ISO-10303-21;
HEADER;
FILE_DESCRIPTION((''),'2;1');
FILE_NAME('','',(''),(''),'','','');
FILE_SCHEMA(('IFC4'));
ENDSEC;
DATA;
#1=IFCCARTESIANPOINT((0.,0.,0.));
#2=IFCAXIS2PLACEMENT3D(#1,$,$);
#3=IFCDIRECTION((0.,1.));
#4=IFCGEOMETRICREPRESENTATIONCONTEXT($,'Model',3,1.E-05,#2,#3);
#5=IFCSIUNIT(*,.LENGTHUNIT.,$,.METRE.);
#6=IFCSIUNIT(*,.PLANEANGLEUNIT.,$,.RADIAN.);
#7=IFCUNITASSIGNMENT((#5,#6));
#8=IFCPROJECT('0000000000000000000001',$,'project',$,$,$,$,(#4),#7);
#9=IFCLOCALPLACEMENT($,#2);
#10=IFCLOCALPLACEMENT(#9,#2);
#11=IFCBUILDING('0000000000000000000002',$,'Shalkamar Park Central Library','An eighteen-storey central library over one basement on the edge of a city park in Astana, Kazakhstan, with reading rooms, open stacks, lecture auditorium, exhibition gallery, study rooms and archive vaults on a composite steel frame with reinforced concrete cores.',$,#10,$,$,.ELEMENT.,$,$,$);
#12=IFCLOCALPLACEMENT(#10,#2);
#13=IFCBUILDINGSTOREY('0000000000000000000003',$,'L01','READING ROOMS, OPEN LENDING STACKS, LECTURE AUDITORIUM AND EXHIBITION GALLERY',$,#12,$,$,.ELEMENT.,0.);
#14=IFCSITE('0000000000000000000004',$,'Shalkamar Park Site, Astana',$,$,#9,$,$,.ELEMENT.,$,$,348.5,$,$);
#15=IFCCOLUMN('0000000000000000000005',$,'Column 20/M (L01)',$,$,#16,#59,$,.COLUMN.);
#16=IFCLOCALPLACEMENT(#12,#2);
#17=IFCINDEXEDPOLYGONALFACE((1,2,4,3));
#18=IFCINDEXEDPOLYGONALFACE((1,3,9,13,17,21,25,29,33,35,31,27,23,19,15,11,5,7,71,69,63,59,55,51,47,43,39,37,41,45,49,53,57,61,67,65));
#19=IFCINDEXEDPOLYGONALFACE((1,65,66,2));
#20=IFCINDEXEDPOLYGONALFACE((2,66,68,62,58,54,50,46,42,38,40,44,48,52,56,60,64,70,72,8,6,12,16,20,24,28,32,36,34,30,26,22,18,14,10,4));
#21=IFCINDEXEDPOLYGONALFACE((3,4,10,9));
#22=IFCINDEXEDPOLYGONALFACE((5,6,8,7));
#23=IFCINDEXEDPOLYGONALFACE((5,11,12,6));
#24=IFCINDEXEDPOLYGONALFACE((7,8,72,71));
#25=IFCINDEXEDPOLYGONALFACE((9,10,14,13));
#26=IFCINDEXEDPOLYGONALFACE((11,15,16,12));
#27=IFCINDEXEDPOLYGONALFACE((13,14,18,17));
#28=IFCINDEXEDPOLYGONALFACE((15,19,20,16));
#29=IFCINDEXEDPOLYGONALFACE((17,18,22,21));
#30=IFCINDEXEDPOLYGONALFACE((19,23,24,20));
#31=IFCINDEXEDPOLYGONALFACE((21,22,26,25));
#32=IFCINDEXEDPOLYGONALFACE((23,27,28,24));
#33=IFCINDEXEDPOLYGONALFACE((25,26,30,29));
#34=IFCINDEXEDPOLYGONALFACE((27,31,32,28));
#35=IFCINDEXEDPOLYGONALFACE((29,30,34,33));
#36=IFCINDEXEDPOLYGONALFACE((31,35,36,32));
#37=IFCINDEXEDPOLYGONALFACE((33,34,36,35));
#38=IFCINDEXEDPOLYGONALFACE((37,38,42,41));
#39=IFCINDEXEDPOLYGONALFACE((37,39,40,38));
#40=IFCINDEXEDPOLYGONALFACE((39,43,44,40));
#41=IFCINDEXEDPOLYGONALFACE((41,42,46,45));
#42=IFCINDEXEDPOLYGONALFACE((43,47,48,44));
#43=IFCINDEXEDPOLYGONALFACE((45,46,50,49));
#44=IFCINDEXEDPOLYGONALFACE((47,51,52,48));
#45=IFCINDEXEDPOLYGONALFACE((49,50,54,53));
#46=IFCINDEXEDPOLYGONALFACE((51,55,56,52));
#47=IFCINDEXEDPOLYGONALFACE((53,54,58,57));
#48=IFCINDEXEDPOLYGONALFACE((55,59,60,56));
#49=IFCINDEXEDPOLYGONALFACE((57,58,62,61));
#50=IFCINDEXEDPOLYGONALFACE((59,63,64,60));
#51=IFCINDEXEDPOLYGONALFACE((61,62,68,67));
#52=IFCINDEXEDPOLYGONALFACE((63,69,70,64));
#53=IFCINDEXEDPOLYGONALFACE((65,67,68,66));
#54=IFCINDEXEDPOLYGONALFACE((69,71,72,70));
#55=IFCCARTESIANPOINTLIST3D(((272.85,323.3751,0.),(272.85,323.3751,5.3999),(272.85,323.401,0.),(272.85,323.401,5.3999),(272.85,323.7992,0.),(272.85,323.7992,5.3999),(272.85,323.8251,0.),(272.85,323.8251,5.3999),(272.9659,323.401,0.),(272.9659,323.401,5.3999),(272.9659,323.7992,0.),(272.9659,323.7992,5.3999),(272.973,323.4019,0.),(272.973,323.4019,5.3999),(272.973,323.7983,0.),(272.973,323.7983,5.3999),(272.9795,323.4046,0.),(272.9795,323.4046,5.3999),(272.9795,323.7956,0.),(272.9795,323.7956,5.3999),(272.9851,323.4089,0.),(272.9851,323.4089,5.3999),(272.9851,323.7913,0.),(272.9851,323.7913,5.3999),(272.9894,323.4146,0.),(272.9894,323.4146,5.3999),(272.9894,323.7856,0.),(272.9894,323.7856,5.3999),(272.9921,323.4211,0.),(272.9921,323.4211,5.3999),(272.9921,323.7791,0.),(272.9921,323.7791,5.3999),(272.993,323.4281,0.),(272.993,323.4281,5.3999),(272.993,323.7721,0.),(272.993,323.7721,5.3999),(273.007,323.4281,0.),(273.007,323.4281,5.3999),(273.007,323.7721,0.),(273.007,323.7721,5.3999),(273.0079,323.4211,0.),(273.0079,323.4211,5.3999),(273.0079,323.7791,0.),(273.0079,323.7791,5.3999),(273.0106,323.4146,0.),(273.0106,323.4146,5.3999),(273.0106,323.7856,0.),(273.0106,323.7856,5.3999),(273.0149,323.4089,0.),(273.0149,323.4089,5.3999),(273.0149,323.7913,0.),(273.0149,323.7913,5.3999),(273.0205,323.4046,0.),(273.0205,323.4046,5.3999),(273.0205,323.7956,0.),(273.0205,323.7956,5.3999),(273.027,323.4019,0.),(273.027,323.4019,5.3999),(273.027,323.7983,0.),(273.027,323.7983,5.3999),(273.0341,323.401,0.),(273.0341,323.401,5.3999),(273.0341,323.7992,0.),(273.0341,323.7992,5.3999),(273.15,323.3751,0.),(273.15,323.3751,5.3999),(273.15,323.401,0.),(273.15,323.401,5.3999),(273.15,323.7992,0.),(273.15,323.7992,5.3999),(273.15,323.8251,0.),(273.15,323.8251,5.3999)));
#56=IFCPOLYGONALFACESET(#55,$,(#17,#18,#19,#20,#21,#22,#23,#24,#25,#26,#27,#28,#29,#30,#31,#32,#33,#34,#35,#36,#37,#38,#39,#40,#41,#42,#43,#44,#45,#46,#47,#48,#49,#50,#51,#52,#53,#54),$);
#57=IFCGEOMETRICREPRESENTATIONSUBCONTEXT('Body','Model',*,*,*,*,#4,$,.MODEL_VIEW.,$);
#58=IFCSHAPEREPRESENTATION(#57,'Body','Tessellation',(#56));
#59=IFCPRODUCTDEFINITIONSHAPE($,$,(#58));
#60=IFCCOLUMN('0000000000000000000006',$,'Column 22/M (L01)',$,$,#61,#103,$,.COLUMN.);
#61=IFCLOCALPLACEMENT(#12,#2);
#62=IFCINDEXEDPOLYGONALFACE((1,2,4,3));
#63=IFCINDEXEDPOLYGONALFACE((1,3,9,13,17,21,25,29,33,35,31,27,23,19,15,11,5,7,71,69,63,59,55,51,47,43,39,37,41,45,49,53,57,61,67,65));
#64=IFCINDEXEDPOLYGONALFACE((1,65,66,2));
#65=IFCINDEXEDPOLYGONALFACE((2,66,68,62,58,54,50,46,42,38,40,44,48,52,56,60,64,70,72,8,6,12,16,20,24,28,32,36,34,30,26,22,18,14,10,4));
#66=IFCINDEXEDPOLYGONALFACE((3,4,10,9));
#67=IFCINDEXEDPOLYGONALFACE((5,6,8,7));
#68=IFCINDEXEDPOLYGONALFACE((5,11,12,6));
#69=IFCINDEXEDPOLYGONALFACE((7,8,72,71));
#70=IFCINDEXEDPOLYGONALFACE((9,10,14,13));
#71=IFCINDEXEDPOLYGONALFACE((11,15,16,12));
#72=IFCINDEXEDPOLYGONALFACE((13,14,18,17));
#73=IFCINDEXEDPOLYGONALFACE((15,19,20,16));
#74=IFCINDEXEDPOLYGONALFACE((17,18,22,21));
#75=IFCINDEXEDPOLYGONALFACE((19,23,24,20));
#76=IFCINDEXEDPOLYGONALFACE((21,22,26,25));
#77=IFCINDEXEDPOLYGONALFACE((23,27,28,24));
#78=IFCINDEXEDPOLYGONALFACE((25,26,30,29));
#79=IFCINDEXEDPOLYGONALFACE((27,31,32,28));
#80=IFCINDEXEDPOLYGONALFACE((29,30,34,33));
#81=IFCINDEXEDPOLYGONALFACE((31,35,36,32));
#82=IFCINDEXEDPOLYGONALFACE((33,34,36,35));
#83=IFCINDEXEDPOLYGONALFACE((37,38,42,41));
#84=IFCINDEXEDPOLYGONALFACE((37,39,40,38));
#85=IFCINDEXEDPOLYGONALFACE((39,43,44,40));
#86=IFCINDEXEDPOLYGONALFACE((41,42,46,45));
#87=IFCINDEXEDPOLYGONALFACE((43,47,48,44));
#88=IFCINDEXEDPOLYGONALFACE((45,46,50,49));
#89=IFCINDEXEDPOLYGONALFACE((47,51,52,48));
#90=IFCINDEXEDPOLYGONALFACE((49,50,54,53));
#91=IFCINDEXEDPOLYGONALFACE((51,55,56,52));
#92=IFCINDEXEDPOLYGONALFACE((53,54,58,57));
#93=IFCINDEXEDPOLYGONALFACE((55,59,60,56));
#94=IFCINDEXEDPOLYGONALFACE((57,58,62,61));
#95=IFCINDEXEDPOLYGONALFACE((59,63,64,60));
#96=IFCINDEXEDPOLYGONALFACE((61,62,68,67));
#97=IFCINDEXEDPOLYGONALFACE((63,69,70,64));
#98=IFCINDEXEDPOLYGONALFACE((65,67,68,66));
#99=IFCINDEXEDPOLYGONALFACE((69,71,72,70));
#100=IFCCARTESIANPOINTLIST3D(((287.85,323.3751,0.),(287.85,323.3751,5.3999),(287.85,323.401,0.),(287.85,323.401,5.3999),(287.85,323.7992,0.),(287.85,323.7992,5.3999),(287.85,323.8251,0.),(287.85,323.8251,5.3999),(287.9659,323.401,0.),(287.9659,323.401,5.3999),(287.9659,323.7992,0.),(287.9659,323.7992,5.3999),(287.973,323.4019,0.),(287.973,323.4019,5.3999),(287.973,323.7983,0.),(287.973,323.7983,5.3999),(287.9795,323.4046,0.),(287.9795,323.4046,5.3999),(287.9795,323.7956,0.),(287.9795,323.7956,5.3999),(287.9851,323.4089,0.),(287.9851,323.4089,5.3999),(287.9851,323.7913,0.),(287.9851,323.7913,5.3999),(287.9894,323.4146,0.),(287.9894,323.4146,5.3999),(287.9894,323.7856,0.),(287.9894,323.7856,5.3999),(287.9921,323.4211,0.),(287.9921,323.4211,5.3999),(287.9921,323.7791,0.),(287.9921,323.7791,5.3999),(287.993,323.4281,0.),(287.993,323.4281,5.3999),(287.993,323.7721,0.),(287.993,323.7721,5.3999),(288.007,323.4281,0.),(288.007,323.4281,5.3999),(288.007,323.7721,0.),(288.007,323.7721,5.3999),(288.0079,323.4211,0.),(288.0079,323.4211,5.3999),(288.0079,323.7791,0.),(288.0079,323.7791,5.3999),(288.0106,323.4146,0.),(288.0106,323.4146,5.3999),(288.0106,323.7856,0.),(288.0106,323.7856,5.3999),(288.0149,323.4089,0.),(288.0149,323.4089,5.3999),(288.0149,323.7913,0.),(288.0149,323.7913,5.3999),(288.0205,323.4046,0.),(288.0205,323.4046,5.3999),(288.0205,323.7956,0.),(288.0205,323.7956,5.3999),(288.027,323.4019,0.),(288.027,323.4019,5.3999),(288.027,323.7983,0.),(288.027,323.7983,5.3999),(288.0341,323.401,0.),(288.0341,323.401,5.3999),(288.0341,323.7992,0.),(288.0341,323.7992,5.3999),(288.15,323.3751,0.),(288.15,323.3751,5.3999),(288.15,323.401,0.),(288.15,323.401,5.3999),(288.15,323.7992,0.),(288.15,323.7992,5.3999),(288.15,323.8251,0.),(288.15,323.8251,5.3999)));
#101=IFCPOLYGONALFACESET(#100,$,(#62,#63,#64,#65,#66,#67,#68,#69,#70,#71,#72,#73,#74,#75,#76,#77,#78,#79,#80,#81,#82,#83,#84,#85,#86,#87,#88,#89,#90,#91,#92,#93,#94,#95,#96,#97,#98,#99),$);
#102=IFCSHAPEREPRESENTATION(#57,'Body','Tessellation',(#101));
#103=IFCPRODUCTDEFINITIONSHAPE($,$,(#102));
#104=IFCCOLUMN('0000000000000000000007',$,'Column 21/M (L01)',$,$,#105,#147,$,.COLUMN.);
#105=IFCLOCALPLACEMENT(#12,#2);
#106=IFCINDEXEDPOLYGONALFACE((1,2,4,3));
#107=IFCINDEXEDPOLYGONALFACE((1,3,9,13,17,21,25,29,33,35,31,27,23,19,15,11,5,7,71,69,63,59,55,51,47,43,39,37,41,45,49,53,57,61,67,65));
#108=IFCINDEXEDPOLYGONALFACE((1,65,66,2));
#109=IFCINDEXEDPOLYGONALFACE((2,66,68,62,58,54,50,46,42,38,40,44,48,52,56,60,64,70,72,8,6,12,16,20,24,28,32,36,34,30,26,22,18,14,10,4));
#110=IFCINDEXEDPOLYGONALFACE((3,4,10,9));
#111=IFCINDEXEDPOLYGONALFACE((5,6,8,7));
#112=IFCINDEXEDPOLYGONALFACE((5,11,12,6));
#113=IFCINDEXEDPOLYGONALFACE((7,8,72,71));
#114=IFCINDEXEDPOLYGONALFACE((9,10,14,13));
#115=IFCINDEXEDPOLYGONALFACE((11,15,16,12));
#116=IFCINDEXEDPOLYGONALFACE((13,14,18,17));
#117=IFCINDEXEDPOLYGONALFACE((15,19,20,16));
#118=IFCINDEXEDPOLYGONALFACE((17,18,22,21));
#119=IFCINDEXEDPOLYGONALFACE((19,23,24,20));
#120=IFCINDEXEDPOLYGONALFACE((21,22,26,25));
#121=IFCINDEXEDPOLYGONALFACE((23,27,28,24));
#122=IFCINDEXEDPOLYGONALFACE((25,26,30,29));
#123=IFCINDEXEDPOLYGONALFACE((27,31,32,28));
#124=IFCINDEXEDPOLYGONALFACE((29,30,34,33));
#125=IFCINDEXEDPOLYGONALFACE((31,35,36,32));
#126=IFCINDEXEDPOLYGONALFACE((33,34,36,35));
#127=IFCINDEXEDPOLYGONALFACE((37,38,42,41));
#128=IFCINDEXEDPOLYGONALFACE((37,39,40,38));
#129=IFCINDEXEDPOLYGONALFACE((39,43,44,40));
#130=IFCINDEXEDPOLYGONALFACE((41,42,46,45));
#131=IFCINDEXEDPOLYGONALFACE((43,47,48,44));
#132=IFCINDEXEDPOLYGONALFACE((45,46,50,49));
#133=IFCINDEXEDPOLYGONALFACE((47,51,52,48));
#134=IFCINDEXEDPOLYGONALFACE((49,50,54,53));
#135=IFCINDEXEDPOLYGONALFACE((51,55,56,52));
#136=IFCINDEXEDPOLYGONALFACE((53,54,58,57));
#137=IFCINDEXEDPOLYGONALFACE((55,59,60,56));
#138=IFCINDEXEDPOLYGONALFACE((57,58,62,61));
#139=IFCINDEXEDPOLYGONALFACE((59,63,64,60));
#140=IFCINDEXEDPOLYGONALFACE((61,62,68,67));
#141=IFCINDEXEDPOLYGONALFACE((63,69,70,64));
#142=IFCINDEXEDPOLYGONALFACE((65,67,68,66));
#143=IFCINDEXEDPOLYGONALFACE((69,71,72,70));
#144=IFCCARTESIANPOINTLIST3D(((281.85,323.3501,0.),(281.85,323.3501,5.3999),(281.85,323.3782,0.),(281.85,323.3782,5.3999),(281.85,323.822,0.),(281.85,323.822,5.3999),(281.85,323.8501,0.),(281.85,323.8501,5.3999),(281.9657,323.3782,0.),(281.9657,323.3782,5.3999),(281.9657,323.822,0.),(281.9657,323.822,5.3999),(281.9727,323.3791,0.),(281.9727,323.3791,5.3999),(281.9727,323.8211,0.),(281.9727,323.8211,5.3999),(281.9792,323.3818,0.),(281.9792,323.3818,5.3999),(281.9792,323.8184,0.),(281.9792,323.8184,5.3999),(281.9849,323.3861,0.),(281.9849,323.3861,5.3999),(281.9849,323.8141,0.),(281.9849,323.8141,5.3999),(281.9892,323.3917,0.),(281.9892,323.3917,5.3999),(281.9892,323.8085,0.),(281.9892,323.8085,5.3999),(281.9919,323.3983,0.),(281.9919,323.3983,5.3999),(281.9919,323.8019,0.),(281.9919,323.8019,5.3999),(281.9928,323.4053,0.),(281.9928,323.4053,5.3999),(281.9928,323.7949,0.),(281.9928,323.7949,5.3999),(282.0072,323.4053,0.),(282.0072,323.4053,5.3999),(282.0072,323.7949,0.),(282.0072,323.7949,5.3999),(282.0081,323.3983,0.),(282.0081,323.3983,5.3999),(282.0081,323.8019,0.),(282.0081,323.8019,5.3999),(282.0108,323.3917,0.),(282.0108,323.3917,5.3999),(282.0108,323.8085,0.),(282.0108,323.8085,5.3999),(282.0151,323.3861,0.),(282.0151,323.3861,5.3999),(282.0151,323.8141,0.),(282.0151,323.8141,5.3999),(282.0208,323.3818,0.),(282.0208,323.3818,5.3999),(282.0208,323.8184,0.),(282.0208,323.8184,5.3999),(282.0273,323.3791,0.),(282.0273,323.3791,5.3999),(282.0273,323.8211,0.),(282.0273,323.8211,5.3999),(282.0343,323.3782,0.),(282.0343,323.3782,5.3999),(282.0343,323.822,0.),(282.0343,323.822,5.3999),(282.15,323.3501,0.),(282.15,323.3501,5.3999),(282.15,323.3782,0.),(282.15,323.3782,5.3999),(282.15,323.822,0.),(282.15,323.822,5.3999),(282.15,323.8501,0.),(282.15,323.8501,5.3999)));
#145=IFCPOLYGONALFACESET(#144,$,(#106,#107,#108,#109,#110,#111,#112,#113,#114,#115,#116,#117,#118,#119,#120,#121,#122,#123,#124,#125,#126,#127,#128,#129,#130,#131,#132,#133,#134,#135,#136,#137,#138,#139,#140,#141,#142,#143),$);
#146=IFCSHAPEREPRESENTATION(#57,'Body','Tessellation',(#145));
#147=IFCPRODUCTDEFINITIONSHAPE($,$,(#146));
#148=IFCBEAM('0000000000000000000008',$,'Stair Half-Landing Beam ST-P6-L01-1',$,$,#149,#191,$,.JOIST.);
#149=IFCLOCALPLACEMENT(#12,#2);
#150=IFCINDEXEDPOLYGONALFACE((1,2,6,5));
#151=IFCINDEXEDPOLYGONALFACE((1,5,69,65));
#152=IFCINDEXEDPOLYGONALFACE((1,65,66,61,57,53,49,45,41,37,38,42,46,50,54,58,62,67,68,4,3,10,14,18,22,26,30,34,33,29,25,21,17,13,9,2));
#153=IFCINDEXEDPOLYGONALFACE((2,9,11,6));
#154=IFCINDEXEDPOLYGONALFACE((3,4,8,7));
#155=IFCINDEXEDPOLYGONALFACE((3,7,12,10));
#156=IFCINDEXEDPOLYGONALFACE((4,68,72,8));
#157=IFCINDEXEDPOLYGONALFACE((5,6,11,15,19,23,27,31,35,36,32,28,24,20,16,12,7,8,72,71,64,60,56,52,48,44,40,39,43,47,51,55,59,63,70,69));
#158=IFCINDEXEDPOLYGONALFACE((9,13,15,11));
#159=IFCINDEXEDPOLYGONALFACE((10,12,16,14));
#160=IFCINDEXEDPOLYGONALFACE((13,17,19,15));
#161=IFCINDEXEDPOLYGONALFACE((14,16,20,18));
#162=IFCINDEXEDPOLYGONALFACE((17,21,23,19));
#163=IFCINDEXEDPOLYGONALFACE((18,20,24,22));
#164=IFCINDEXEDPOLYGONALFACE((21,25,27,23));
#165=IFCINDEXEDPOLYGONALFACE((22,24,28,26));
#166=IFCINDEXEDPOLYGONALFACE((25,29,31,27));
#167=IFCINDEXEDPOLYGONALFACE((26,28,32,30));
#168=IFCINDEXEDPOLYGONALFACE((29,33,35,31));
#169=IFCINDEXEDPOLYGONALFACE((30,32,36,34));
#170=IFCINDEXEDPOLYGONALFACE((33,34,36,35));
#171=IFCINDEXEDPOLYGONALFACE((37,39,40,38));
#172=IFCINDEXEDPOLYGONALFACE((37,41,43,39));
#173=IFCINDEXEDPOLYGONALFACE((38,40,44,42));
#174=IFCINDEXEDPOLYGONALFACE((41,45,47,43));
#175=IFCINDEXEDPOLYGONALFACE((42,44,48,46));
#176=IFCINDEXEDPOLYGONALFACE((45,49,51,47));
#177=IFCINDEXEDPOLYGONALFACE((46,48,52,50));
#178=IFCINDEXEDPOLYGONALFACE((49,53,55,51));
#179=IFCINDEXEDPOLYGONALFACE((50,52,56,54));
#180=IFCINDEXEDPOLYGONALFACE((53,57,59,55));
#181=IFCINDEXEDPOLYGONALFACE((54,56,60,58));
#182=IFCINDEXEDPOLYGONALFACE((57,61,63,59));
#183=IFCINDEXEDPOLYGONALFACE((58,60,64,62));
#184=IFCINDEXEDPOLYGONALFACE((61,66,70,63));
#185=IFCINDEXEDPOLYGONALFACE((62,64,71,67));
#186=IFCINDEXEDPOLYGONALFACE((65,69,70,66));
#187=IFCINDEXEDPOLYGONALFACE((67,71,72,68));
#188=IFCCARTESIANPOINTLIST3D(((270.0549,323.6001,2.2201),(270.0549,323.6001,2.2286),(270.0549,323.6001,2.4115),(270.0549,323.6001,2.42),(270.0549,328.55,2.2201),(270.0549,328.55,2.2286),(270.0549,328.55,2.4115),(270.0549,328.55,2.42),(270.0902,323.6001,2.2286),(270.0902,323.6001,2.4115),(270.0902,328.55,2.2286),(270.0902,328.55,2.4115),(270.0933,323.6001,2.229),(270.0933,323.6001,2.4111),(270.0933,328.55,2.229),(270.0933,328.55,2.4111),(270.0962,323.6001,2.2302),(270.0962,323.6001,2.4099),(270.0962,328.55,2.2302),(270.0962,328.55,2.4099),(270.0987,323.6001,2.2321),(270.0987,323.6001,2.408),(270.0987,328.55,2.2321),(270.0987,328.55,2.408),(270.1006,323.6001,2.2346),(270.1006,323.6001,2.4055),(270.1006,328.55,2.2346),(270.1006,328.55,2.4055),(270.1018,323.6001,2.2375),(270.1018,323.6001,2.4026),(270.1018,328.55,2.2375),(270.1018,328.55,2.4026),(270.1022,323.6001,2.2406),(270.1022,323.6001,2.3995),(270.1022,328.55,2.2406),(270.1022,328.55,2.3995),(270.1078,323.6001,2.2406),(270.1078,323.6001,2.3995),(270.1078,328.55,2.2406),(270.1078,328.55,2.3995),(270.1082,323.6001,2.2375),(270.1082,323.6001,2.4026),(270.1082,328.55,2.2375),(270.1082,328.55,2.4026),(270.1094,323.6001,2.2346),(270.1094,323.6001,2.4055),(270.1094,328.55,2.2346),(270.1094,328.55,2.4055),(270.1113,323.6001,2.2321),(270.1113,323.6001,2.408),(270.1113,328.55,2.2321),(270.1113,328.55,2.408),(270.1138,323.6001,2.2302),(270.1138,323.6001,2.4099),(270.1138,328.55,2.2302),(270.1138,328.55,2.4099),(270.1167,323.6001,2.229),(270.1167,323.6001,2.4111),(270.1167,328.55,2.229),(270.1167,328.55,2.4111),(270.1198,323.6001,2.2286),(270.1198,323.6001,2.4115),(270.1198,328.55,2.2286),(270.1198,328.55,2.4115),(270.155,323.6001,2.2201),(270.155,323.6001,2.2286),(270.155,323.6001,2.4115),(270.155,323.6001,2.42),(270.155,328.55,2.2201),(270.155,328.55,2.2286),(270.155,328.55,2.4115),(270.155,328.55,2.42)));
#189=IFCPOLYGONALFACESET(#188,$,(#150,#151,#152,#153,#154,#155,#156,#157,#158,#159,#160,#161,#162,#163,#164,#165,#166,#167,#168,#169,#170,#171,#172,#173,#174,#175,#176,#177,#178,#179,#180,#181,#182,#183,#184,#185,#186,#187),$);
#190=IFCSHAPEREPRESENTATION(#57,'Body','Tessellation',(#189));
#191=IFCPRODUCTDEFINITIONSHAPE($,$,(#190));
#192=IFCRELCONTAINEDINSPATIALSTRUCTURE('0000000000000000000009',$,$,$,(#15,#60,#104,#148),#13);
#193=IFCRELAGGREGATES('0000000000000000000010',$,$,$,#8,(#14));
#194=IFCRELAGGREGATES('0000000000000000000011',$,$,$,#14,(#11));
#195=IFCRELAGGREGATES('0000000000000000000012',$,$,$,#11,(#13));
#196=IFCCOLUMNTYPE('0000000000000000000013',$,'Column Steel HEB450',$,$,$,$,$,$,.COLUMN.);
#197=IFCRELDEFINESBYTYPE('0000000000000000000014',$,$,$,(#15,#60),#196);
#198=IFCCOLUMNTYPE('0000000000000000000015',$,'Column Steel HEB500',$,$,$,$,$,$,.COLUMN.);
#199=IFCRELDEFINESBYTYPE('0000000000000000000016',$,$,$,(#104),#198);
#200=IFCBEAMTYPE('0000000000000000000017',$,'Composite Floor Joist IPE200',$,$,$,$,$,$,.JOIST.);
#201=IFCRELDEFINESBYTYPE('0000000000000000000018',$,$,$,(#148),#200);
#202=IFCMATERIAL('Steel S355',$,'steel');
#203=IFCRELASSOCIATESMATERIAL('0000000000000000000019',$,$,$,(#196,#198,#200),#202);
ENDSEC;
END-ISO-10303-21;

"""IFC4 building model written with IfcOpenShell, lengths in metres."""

from ifc_helpers import new_model, si_unit, direction, frame, origin, origin_2d, place, context, subcontext, project, spatial, i_section, extrude, material, material_profile, profile_set, type_object, element, save


model = new_model("IFC4")

# Units and contexts
model_context = context("Model", 3, precision=1e-05, world=origin(), true_north=direction((0.0, 1.0)))
body_context = subcontext(model_context, "Body", "Model", "MODEL_VIEW")
ifc_project = project(units=[si_unit("LENGTHUNIT", "METRE"), si_unit("PLANEANGLEUNIT", "RADIAN")], contexts=[model_context])

# Site, building, storey
site_placement = place(None, origin())
site = spatial("IfcSite", under=ifc_project, at=site_placement, Name="Shalkamar Park Site, Astana", CompositionType="ELEMENT", RefElevation=348.5)
building_placement = place(site_placement, origin())
building = spatial("IfcBuilding", under=site, at=building_placement, Name="Shalkamar Park Central Library", Description="An eighteen-storey central library over one basement on the edge of a city park in Astana, Kazakhstan, with reading rooms, open stacks, lecture auditorium, exhibition gallery, study rooms and archive vaults on a composite steel frame with reinforced concrete cores.", CompositionType="ELEMENT")
storey_placement = place(building_placement, origin())
storey = spatial("IfcBuildingStorey", under=building, at=storey_placement, Name="L01", Description="READING ROOMS, OPEN LENDING STACKS, LECTURE AUDITORIUM AND EXHIBITION GALLERY", CompositionType="ELEMENT", Elevation=0.0)

# Columns
ifc_material_1 = material(Name="Steel S355", Category="steel")
ifc_material_profile_1 = material_profile(ifc_material_1, i_section(OverallWidth=0.3, OverallDepth=0.45, WebThickness=0.0139, FlangeThickness=0.0259, FilletRadius=0.0271, at=origin_2d()), Name="HEB 450")
ifc_profile_set_1 = profile_set([ifc_material_profile_1], Name="Steel S355")
column_type_1 = type_object("IfcColumnType", Name="Column Steel HEB450", PredefinedType="COLUMN", material=ifc_profile_set_1)
for number, where, z_axis, x_axis, name in (
    (1, (273.0, 323.6001, 0.0), (0.0, 0.0, 1.0), (1.0, 0.0, 0.0), "Column 20/M (L01)"),
    (2, (288.0, 323.6001, 0.0), (0.0, 0.0, 1.0), (1.0, 0.0, 0.0), "Column 22/M (L01)"),
):
    element("IfcColumn", number, at=place(storey_placement, frame(where, z_axis=z_axis, x_axis=x_axis)), inside=storey, type_object=column_type_1, Name=name, PredefinedType="COLUMN", context=body_context, shape_type="SweptSolid", body=[
        extrude(i_section(OverallWidth=0.3, OverallDepth=0.45, WebThickness=0.0139, FlangeThickness=0.0259, FilletRadius=0.0271, at=origin_2d()), origin(), (0.0, 0.0, 1.0), 5.3999),
    ])
ifc_material_profile_2 = material_profile(ifc_material_1, i_section(OverallWidth=0.3, OverallDepth=0.5, WebThickness=0.0144, FlangeThickness=0.0281, FilletRadius=0.0271, at=origin_2d()), Name="HEB 500")
ifc_profile_set_2 = profile_set([ifc_material_profile_2], Name="Steel S355")
column_type_2 = type_object("IfcColumnType", Name="Column Steel HEB500", PredefinedType="COLUMN", material=ifc_profile_set_2)
column_placement = place(storey_placement, frame((282.0, 323.6001, 0.0), z_axis=(0.0, 0.0, 1.0), x_axis=(1.0, 0.0, 0.0)))
element("IfcColumn", 3, at=column_placement, inside=storey, type_object=column_type_2, Name="Column 21/M (L01)", PredefinedType="COLUMN", context=body_context, shape_type="SweptSolid", body=[
    extrude(i_section(OverallWidth=0.3, OverallDepth=0.5, WebThickness=0.0144, FlangeThickness=0.0281, FilletRadius=0.0271, at=origin_2d()), origin(), (0.0, 0.0, 1.0), 5.3999),
])

# Beam
ifc_material_profile_3 = material_profile(ifc_material_1, i_section(OverallWidth=0.1001, OverallDepth=0.2, WebThickness=0.0056, FlangeThickness=0.0085, FilletRadius=0.012, at=origin_2d()), Name="IPE 200")
ifc_profile_set_3 = profile_set([ifc_material_profile_3], Name="Steel S355")
beam_type_1 = type_object("IfcBeamType", Name="Composite Floor Joist IPE200", PredefinedType="JOIST", material=ifc_profile_set_3)
for number, where, z_axis, x_axis, name in (
    (4, (270.105, 323.6001, 2.3201), (0.0, 1.0, 0.0), (-1.0, 0.0, 0.0), "Stair Half-Landing Beam ST-P6-L01-1"),
):
    element("IfcBeam", number, at=place(storey_placement, frame(where, z_axis=z_axis, x_axis=x_axis)), inside=storey, type_object=beam_type_1, Name=name, PredefinedType="JOIST", context=body_context, shape_type="SweptSolid", body=[
        extrude(i_section(OverallWidth=0.1001, OverallDepth=0.2, WebThickness=0.0056, FlangeThickness=0.0085, FilletRadius=0.012, at=origin_2d()), origin(), (0.0, 0.0, 1.0), 4.95),
    ])

save(model, "model.ifc")
